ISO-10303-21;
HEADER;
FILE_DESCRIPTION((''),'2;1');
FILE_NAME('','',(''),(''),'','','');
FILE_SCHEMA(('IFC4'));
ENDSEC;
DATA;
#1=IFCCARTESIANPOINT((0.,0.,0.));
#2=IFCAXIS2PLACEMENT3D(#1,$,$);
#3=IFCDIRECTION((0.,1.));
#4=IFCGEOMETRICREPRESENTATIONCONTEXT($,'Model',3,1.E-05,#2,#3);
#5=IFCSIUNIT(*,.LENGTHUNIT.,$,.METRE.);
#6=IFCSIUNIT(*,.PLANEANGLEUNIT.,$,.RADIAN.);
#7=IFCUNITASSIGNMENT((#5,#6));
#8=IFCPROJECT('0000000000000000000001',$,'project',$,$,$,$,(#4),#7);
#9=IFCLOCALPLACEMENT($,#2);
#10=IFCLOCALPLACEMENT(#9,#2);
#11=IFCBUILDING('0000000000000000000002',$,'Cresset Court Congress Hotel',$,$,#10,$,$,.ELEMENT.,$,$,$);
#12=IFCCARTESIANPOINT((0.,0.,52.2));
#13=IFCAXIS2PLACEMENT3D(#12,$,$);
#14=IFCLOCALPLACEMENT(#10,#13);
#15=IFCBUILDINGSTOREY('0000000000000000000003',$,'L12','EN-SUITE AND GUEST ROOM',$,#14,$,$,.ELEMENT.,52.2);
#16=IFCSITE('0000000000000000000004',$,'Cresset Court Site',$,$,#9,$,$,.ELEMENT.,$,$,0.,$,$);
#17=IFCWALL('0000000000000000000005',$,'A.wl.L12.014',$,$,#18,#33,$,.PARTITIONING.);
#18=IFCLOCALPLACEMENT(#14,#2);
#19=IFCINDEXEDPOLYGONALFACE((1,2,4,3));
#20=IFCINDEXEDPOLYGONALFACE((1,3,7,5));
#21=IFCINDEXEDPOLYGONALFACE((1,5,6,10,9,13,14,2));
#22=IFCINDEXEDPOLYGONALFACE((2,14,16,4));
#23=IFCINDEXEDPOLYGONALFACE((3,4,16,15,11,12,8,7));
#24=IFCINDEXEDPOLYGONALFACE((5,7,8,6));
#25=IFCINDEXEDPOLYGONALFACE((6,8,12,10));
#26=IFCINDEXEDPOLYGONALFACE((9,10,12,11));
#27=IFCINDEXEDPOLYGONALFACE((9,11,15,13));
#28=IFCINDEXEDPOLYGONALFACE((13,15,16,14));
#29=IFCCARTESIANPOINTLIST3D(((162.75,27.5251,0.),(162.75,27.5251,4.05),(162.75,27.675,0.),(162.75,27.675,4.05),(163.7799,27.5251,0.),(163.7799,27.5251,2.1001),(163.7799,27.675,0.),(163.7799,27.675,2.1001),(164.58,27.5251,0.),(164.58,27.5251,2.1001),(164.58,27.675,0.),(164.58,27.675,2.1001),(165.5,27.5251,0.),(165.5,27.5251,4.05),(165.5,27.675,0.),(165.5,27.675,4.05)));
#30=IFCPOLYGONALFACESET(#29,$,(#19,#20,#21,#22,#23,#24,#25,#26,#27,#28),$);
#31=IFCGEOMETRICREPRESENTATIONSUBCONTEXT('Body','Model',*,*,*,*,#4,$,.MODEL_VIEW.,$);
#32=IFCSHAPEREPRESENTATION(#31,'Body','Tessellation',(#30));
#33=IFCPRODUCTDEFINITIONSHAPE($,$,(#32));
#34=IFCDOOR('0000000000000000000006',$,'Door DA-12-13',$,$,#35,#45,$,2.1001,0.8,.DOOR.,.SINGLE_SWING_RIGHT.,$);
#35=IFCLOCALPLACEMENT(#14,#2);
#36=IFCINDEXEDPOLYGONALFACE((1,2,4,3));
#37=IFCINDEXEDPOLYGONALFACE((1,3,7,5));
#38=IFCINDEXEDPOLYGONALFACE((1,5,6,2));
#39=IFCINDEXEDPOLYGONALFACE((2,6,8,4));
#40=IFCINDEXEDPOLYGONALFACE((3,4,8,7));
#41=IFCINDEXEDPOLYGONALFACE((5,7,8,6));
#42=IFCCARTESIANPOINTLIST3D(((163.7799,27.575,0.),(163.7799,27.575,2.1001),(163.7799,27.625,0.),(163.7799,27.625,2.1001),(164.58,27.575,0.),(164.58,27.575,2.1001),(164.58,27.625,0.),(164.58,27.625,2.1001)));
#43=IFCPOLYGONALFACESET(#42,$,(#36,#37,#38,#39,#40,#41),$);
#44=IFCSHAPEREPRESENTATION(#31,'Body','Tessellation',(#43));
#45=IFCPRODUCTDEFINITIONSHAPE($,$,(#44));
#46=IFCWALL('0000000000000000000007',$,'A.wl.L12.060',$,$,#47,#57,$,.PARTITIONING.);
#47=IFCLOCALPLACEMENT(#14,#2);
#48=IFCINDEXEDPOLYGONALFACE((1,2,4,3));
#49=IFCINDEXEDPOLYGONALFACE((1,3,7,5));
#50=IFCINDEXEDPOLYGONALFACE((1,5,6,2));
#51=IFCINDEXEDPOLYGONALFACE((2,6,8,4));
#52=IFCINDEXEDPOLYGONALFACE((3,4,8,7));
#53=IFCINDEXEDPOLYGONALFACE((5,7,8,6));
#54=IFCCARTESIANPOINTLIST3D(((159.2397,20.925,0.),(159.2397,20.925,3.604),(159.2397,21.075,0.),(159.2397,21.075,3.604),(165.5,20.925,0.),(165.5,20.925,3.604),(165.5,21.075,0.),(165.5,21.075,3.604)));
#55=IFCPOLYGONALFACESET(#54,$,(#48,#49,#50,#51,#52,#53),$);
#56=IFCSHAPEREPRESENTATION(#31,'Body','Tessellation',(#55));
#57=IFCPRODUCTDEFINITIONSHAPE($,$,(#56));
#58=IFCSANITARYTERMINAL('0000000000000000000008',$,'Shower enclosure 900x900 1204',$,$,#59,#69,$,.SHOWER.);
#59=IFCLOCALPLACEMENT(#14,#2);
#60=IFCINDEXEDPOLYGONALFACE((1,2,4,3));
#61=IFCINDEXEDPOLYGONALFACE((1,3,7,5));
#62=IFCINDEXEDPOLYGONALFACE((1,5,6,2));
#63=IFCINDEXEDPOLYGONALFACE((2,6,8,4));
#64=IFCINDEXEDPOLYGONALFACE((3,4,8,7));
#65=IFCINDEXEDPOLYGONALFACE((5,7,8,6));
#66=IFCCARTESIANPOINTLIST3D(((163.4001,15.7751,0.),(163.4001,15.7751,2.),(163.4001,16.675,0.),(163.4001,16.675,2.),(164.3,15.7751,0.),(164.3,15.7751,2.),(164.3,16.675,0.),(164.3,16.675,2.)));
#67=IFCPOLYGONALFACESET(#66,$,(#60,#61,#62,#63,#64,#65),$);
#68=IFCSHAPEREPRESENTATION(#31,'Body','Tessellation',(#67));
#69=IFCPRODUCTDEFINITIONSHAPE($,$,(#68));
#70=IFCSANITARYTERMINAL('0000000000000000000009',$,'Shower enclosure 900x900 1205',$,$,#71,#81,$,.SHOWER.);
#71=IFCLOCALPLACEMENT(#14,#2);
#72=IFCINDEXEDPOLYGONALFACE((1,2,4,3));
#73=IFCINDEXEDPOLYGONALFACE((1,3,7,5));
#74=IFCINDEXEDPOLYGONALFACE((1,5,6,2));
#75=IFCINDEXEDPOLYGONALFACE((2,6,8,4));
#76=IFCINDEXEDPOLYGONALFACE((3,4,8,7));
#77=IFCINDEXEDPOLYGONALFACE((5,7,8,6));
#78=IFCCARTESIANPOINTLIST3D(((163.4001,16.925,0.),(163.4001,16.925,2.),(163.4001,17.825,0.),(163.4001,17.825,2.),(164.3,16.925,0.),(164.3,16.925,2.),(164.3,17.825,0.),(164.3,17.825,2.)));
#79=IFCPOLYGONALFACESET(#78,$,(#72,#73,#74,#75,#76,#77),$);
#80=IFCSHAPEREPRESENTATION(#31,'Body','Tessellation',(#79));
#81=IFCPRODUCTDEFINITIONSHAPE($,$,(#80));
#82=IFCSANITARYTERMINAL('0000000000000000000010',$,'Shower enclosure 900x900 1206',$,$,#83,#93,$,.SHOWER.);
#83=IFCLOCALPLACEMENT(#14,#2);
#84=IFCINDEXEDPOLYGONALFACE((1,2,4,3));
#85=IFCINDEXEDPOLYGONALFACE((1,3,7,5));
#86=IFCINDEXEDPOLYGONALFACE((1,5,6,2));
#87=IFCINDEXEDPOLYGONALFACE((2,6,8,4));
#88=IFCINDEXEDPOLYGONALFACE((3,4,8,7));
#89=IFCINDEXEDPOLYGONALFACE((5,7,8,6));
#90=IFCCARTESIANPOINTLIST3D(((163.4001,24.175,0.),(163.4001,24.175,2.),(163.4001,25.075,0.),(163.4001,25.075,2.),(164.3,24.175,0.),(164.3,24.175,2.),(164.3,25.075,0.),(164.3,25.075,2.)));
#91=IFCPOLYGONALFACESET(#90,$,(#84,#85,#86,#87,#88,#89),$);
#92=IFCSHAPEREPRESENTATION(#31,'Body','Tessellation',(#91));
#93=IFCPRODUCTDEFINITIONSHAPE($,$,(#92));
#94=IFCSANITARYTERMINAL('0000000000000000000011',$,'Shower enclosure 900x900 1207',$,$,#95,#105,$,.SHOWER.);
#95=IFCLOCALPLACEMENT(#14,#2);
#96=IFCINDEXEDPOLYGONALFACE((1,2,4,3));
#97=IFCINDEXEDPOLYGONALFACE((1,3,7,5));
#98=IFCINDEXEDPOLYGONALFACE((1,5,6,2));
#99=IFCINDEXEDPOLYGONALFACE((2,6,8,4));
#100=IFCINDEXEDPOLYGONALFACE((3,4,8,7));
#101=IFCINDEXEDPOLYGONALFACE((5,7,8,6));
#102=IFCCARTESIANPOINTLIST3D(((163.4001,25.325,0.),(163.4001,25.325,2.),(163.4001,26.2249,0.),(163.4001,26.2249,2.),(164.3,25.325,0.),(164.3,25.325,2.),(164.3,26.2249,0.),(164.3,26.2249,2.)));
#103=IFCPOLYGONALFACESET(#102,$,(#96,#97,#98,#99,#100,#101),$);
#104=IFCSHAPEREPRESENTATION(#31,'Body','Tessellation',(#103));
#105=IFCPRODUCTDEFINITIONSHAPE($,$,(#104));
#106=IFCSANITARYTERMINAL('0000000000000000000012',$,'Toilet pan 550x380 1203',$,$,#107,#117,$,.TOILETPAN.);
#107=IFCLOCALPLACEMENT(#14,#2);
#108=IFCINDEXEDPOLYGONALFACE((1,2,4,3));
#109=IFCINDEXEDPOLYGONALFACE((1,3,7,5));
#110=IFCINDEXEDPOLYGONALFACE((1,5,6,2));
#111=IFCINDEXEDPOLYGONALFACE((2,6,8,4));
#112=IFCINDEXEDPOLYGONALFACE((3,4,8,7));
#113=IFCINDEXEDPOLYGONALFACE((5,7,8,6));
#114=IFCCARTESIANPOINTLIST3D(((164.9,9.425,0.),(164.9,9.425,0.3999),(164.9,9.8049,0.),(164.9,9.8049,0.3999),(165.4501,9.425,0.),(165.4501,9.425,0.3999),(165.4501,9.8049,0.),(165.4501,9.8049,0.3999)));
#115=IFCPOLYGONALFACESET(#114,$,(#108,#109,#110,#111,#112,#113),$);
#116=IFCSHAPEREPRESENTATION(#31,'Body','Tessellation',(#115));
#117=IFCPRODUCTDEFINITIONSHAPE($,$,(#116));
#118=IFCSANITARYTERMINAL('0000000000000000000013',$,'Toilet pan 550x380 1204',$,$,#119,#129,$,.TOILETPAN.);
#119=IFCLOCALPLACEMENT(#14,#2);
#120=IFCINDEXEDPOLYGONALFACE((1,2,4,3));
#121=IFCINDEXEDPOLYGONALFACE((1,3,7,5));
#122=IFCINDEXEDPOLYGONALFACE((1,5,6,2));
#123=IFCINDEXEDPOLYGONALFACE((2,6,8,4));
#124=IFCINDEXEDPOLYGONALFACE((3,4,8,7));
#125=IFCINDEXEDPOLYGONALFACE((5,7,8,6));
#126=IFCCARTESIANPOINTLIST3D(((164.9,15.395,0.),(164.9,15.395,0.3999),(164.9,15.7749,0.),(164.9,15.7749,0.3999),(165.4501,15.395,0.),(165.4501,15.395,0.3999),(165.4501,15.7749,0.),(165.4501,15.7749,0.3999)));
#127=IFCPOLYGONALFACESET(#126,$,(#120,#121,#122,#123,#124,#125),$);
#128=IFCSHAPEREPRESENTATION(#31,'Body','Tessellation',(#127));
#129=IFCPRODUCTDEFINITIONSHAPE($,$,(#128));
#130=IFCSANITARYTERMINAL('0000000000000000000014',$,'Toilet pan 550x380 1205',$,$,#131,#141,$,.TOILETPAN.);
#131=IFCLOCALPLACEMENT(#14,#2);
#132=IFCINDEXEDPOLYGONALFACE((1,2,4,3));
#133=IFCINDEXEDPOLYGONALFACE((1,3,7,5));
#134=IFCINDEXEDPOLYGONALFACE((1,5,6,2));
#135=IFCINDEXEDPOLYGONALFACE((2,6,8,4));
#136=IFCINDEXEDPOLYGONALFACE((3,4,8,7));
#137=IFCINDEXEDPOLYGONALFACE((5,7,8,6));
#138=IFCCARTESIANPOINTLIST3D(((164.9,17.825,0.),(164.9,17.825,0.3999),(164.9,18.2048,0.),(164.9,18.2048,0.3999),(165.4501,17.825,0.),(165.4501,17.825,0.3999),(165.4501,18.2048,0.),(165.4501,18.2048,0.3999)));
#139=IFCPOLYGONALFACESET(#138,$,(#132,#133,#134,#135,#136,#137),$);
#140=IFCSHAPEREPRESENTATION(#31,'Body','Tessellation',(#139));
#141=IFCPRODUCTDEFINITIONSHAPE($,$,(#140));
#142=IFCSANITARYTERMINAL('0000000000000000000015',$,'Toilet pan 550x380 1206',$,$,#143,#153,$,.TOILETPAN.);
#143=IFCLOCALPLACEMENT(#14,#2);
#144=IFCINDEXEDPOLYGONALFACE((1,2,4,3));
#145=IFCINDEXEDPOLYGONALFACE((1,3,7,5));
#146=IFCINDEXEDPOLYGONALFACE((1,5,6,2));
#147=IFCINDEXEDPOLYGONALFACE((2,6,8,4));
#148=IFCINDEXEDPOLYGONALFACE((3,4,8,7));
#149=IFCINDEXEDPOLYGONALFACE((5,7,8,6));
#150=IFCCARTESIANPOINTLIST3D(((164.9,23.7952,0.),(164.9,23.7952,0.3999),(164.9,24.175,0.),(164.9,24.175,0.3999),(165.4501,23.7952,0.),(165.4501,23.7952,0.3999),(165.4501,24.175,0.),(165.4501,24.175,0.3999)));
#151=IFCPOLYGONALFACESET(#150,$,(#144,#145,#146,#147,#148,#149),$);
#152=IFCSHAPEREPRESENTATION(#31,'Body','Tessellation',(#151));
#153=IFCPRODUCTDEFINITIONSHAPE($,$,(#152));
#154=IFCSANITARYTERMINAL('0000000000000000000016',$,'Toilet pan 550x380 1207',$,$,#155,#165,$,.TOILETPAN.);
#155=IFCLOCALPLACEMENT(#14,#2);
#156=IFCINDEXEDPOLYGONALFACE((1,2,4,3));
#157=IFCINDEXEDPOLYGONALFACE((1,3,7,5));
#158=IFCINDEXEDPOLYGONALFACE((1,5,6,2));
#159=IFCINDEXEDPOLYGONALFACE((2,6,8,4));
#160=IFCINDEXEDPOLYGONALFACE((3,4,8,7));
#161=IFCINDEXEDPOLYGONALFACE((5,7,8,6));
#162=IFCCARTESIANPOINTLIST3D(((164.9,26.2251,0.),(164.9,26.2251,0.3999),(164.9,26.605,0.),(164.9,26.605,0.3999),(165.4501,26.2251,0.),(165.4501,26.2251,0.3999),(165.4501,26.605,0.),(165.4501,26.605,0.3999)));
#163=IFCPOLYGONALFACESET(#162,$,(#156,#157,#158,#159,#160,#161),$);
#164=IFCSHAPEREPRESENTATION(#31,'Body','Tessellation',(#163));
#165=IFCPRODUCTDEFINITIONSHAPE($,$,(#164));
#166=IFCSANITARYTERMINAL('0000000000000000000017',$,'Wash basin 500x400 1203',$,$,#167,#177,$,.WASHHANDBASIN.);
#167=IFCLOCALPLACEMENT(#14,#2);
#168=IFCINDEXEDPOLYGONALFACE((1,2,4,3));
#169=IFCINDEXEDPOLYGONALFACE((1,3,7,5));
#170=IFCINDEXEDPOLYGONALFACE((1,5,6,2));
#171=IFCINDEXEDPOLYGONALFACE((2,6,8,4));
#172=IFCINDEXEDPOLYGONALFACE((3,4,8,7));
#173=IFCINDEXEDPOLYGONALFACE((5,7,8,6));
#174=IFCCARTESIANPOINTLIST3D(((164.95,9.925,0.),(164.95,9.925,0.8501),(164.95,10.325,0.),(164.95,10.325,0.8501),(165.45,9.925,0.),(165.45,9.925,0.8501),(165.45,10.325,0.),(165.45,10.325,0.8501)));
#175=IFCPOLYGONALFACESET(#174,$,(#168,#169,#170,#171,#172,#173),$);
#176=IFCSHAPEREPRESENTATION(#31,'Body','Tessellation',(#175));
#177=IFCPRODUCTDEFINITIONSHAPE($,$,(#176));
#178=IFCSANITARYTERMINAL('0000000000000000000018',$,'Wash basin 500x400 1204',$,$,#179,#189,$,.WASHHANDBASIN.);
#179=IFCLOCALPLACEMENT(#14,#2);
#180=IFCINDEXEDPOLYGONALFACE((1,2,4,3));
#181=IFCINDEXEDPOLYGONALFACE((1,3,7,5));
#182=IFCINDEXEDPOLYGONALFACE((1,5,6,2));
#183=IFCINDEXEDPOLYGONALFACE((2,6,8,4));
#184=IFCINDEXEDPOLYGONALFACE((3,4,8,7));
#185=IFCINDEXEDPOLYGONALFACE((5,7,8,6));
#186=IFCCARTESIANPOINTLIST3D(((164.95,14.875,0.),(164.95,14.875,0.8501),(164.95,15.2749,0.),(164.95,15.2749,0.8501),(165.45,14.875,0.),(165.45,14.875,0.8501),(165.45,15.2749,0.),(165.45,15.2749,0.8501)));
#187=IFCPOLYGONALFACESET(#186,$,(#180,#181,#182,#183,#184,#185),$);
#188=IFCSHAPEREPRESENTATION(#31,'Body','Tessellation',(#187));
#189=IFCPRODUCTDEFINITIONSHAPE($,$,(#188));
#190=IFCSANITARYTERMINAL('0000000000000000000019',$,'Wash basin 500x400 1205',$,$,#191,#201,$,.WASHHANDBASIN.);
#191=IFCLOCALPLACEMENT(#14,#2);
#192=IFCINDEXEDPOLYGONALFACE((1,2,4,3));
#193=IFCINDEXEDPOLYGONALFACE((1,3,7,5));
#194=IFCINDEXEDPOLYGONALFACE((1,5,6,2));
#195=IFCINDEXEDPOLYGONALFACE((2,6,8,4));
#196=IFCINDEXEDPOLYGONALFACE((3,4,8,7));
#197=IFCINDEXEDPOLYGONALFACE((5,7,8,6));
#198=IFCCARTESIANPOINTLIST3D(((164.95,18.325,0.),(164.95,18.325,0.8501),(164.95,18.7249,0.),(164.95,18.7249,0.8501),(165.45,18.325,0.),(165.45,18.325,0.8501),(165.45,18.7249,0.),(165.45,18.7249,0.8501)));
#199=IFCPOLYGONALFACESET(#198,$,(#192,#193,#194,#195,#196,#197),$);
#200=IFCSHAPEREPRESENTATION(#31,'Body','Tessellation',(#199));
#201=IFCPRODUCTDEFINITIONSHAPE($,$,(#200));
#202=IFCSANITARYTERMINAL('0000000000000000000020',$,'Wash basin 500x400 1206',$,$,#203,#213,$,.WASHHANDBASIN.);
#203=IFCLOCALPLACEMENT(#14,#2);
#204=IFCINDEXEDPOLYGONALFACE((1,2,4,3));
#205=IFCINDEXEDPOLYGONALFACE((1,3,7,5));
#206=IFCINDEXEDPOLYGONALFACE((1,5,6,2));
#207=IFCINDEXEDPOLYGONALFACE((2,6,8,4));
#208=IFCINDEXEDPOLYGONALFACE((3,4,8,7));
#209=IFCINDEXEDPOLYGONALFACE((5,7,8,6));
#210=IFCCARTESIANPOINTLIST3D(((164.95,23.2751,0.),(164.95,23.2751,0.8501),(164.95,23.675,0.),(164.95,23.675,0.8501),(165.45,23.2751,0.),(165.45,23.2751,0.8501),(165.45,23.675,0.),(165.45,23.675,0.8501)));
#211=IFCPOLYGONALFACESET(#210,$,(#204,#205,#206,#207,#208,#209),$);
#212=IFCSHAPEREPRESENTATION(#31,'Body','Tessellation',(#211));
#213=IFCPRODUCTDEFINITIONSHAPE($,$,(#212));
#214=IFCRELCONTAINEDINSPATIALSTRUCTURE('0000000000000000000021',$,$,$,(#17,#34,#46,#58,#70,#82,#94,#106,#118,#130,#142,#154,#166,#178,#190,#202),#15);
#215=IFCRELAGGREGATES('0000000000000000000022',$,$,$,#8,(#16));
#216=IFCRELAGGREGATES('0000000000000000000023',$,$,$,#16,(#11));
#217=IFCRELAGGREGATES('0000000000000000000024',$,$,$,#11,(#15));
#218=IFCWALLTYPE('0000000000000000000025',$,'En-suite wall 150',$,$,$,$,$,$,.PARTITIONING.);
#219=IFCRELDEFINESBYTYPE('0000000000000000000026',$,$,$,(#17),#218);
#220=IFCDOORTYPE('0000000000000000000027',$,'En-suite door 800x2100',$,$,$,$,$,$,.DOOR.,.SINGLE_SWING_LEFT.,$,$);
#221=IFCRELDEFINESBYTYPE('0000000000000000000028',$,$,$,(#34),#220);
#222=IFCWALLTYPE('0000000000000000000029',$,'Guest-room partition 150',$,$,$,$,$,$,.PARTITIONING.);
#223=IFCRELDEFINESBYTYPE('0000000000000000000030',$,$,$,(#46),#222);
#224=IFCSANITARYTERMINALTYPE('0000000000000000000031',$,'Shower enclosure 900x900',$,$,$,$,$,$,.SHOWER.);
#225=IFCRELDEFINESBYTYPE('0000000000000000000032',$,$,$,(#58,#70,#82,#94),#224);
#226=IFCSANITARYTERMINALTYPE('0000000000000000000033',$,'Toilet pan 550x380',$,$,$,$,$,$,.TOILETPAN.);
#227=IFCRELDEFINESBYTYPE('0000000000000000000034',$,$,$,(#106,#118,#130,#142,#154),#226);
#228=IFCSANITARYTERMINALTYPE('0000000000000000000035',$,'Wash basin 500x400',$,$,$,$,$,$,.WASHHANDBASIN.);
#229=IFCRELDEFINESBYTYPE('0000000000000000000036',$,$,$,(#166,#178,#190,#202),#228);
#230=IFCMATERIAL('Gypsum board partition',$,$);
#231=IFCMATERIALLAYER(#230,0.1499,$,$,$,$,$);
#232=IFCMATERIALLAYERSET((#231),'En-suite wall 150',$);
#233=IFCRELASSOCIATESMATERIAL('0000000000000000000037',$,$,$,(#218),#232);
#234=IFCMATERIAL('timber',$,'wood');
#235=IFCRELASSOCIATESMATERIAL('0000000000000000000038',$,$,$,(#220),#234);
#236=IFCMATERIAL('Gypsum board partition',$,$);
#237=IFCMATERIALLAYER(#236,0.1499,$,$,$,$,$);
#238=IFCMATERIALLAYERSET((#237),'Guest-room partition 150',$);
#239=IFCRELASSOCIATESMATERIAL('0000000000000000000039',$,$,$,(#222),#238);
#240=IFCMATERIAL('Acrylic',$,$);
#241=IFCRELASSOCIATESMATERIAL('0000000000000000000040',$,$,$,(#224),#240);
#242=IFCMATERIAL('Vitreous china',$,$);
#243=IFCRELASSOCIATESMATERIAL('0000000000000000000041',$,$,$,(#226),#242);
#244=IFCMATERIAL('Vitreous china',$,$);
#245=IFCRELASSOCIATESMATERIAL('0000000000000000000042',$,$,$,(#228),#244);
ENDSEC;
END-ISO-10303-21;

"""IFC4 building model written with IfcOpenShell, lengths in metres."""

from ifc_helpers import new_model, si_unit, direction, frame, frame_2d, origin, origin_2d, place, context, subcontext, project, spatial, rectangle, extrude, material, layer, layer_set, type_object, element, fill, save


model = new_model("IFC4")

# Units and contexts
model_context = context("Model", 3, precision=1e-05, world=origin(), true_north=direction((0.0, 1.0)))
body_context = subcontext(model_context, "Body", "Model", "MODEL_VIEW")
ifc_project = project(units=[si_unit("LENGTHUNIT", "METRE"), si_unit("PLANEANGLEUNIT", "RADIAN")], contexts=[model_context])

# Site, building, storey
site_placement = place(None, origin())
site = spatial("IfcSite", under=ifc_project, at=site_placement, Name="Cresset Court Site", CompositionType="ELEMENT", RefElevation=0.0)
building_placement = place(site_placement, origin())
building = spatial("IfcBuilding", under=site, at=building_placement, Name="Cresset Court Congress Hotel", CompositionType="ELEMENT")
storey_placement = place(building_placement, frame((0.0, 0.0, 52.2)))
storey = spatial("IfcBuildingStorey", under=building, at=storey_placement, Name="L12", Description="EN-SUITE AND GUEST ROOM", CompositionType="ELEMENT", Elevation=52.2)

# Shared definitions
ifc_material_1 = material(Name="Gypsum board partition")
ifc_layer_1 = layer(ifc_material_1, 0.1499)
ifc_layer_set_1 = layer_set([ifc_layer_1], Name="En-suite wall 150")
wall_type_1 = type_object("IfcWallType", Name="En-suite wall 150", PredefinedType="PARTITIONING", material=ifc_layer_set_1)
ifc_material_2 = material(Name="timber", Category="wood")
door_type = type_object("IfcDoorType", Name="En-suite door 800x2100", OperationType="SINGLE_SWING_LEFT", PredefinedType="DOOR", material=ifc_material_2)

# Wall, opening, door
wall_1_placement = place(storey_placement, frame((162.75, 27.6001, 0.0), z_axis=(0.0, 0.0, 1.0), x_axis=(1.0, 0.0, 0.0)))
wall_1 = element("IfcWall", 1, at=wall_1_placement, inside=storey, type_object=wall_type_1, Name="A.wl.L12.014", PredefinedType="PARTITIONING", context=body_context, shape_type="SweptSolid", body=[
    extrude(rectangle(XDim=2.75, YDim=0.1499, at=frame_2d((1.375, 0.0))), origin(), (0.0, 0.0, 1.0), 4.05),
])
opening_1_placement = place(wall_1_placement, frame((1.03, 0.0, 0.0)))
opening_1 = element("IfcOpeningElement", 2, at=opening_1_placement, cuts=wall_1, PredefinedType="OPENING", context=body_context, shape_type="SweptSolid", body=[
    extrude(rectangle(XDim=0.8, YDim=2.1001, at=frame_2d((0.3999, 1.05))), frame((0.0, 0.085, 0.0), z_axis=(0.0, -1.0, 0.0), x_axis=(1.0, 0.0, 0.0)), (0.0, 0.0, 1.0), 0.1699),
])
door_1_placement = place(opening_1_placement, origin())
door_1 = element("IfcDoor", 3, at=door_1_placement, inside=storey, type_object=door_type, Name="Door DA-12-13", OperationType="SINGLE_SWING_RIGHT", OverallHeight=2.1001, OverallWidth=0.8, PredefinedType="DOOR", context=body_context, shape_type="SweptSolid", body=[
    extrude(rectangle(XDim=0.8, YDim=2.1001, at=frame_2d((0.3999, 1.05))), frame((0.0, 0.0249, 0.0), z_axis=(0.0, -1.0, 0.0), x_axis=(1.0, 0.0, 0.0)), (0.0, 0.0, 1.0), 0.05),
])
fill(opening_1, door_1)

# Wall
ifc_material_3 = material(Name="Gypsum board partition")
ifc_layer_2 = layer(ifc_material_3, 0.1499)
ifc_layer_set_2 = layer_set([ifc_layer_2], Name="Guest-room partition 150")
wall_type_2 = type_object("IfcWallType", Name="Guest-room partition 150", PredefinedType="PARTITIONING", material=ifc_layer_set_2)
wall_2_placement = place(storey_placement, frame((159.2397, 21.0, 0.0), z_axis=(0.0, 0.0, 1.0), x_axis=(1.0, 0.0, 0.0)))
element("IfcWall", 4, at=wall_2_placement, inside=storey, type_object=wall_type_2, Name="A.wl.L12.060", PredefinedType="PARTITIONING", context=body_context, shape_type="SweptSolid", body=[
    extrude(rectangle(XDim=6.2603, YDim=0.1499, at=frame_2d((3.1301, 0.0))), origin(), (0.0, 0.0, 1.0), 3.604),
])

# Sanitary terminals
ifc_material_4 = material(Name="Acrylic")
sanitary_terminal_type_1 = type_object("IfcSanitaryTerminalType", Name="Shower enclosure 900x900", PredefinedType="SHOWER", material=ifc_material_4)
for number, where, z_axis, x_axis, name in (
    (5, (163.8501, 16.2251, 0.0), (0.0, 0.0, 1.0), (1.0, 0.0, 0.0), "Shower enclosure 900x900 1204"),
    (6, (163.8501, 17.375, 0.0), (0.0, 0.0, 1.0), (1.0, 0.0, 0.0), "Shower enclosure 900x900 1205"),
    (7, (163.8501, 24.625, 0.0), (0.0, 0.0, 1.0), (1.0, 0.0, 0.0), "Shower enclosure 900x900 1206"),
    (8, (163.8501, 25.7749, 0.0), (0.0, 0.0, 1.0), (1.0, 0.0, 0.0), "Shower enclosure 900x900 1207"),
):
    element("IfcSanitaryTerminal", number, at=place(storey_placement, frame(where, z_axis=z_axis, x_axis=x_axis)), inside=storey, type_object=sanitary_terminal_type_1, Name=name, PredefinedType="SHOWER", context=body_context, shape_type="SweptSolid", body=[
        extrude(rectangle(XDim=0.8999, YDim=0.8999, at=origin_2d()), origin(), (0.0, 0.0, 1.0), 2.0),
    ])
ifc_material_5 = material(Name="Vitreous china")
sanitary_terminal_type_2 = type_object("IfcSanitaryTerminalType", Name="Toilet pan 550x380", PredefinedType="TOILETPAN", material=ifc_material_5)
for number, where, z_axis, x_axis, name in (
    (9, (165.175, 9.615, 0.0), (0.0, 0.0, 1.0), (1.0, 0.0, 0.0), "Toilet pan 550x380 1203"),
    (10, (165.175, 15.585, 0.0), (0.0, 0.0, 1.0), (1.0, 0.0, 0.0), "Toilet pan 550x380 1204"),
    (11, (165.175, 18.0149, 0.0), (0.0, 0.0, 1.0), (1.0, 0.0, 0.0), "Toilet pan 550x380 1205"),
    (12, (165.175, 23.9851, 0.0), (0.0, 0.0, 1.0), (1.0, 0.0, 0.0), "Toilet pan 550x380 1206"),
    (13, (165.175, 26.415, 0.0), (0.0, 0.0, 1.0), (1.0, 0.0, 0.0), "Toilet pan 550x380 1207"),
):
    element("IfcSanitaryTerminal", number, at=place(storey_placement, frame(where, z_axis=z_axis, x_axis=x_axis)), inside=storey, type_object=sanitary_terminal_type_2, Name=name, PredefinedType="TOILETPAN", context=body_context, shape_type="SweptSolid", body=[
        extrude(rectangle(XDim=0.55, YDim=0.3799, at=origin_2d()), origin(), (0.0, 0.0, 1.0), 0.3999),
    ])
ifc_material_6 = material(Name="Vitreous china")
sanitary_terminal_type_3 = type_object("IfcSanitaryTerminalType", Name="Wash basin 500x400", PredefinedType="WASHHANDBASIN", material=ifc_material_6)
for number, where, z_axis, x_axis, name in (
    (14, (165.2, 10.125, 0.0), (0.0, 0.0, 1.0), (1.0, 0.0, 0.0), "Wash basin 500x400 1203"),
    (15, (165.2, 15.075, 0.0), (0.0, 0.0, 1.0), (1.0, 0.0, 0.0), "Wash basin 500x400 1204"),
    (16, (165.2, 18.5249, 0.0), (0.0, 0.0, 1.0), (1.0, 0.0, 0.0), "Wash basin 500x400 1205"),
    (17, (165.2, 23.4751, 0.0), (0.0, 0.0, 1.0), (1.0, 0.0, 0.0), "Wash basin 500x400 1206"),
):
    element("IfcSanitaryTerminal", number, at=place(storey_placement, frame(where, z_axis=z_axis, x_axis=x_axis)), inside=storey, type_object=sanitary_terminal_type_3, Name=name, PredefinedType="WASHHANDBASIN", context=body_context, shape_type="SweptSolid", body=[
        extrude(rectangle(XDim=0.5, YDim=0.3999, at=origin_2d()), origin(), (0.0, 0.0, 1.0), 0.8501),
    ])

save(model, "model.ifc")
